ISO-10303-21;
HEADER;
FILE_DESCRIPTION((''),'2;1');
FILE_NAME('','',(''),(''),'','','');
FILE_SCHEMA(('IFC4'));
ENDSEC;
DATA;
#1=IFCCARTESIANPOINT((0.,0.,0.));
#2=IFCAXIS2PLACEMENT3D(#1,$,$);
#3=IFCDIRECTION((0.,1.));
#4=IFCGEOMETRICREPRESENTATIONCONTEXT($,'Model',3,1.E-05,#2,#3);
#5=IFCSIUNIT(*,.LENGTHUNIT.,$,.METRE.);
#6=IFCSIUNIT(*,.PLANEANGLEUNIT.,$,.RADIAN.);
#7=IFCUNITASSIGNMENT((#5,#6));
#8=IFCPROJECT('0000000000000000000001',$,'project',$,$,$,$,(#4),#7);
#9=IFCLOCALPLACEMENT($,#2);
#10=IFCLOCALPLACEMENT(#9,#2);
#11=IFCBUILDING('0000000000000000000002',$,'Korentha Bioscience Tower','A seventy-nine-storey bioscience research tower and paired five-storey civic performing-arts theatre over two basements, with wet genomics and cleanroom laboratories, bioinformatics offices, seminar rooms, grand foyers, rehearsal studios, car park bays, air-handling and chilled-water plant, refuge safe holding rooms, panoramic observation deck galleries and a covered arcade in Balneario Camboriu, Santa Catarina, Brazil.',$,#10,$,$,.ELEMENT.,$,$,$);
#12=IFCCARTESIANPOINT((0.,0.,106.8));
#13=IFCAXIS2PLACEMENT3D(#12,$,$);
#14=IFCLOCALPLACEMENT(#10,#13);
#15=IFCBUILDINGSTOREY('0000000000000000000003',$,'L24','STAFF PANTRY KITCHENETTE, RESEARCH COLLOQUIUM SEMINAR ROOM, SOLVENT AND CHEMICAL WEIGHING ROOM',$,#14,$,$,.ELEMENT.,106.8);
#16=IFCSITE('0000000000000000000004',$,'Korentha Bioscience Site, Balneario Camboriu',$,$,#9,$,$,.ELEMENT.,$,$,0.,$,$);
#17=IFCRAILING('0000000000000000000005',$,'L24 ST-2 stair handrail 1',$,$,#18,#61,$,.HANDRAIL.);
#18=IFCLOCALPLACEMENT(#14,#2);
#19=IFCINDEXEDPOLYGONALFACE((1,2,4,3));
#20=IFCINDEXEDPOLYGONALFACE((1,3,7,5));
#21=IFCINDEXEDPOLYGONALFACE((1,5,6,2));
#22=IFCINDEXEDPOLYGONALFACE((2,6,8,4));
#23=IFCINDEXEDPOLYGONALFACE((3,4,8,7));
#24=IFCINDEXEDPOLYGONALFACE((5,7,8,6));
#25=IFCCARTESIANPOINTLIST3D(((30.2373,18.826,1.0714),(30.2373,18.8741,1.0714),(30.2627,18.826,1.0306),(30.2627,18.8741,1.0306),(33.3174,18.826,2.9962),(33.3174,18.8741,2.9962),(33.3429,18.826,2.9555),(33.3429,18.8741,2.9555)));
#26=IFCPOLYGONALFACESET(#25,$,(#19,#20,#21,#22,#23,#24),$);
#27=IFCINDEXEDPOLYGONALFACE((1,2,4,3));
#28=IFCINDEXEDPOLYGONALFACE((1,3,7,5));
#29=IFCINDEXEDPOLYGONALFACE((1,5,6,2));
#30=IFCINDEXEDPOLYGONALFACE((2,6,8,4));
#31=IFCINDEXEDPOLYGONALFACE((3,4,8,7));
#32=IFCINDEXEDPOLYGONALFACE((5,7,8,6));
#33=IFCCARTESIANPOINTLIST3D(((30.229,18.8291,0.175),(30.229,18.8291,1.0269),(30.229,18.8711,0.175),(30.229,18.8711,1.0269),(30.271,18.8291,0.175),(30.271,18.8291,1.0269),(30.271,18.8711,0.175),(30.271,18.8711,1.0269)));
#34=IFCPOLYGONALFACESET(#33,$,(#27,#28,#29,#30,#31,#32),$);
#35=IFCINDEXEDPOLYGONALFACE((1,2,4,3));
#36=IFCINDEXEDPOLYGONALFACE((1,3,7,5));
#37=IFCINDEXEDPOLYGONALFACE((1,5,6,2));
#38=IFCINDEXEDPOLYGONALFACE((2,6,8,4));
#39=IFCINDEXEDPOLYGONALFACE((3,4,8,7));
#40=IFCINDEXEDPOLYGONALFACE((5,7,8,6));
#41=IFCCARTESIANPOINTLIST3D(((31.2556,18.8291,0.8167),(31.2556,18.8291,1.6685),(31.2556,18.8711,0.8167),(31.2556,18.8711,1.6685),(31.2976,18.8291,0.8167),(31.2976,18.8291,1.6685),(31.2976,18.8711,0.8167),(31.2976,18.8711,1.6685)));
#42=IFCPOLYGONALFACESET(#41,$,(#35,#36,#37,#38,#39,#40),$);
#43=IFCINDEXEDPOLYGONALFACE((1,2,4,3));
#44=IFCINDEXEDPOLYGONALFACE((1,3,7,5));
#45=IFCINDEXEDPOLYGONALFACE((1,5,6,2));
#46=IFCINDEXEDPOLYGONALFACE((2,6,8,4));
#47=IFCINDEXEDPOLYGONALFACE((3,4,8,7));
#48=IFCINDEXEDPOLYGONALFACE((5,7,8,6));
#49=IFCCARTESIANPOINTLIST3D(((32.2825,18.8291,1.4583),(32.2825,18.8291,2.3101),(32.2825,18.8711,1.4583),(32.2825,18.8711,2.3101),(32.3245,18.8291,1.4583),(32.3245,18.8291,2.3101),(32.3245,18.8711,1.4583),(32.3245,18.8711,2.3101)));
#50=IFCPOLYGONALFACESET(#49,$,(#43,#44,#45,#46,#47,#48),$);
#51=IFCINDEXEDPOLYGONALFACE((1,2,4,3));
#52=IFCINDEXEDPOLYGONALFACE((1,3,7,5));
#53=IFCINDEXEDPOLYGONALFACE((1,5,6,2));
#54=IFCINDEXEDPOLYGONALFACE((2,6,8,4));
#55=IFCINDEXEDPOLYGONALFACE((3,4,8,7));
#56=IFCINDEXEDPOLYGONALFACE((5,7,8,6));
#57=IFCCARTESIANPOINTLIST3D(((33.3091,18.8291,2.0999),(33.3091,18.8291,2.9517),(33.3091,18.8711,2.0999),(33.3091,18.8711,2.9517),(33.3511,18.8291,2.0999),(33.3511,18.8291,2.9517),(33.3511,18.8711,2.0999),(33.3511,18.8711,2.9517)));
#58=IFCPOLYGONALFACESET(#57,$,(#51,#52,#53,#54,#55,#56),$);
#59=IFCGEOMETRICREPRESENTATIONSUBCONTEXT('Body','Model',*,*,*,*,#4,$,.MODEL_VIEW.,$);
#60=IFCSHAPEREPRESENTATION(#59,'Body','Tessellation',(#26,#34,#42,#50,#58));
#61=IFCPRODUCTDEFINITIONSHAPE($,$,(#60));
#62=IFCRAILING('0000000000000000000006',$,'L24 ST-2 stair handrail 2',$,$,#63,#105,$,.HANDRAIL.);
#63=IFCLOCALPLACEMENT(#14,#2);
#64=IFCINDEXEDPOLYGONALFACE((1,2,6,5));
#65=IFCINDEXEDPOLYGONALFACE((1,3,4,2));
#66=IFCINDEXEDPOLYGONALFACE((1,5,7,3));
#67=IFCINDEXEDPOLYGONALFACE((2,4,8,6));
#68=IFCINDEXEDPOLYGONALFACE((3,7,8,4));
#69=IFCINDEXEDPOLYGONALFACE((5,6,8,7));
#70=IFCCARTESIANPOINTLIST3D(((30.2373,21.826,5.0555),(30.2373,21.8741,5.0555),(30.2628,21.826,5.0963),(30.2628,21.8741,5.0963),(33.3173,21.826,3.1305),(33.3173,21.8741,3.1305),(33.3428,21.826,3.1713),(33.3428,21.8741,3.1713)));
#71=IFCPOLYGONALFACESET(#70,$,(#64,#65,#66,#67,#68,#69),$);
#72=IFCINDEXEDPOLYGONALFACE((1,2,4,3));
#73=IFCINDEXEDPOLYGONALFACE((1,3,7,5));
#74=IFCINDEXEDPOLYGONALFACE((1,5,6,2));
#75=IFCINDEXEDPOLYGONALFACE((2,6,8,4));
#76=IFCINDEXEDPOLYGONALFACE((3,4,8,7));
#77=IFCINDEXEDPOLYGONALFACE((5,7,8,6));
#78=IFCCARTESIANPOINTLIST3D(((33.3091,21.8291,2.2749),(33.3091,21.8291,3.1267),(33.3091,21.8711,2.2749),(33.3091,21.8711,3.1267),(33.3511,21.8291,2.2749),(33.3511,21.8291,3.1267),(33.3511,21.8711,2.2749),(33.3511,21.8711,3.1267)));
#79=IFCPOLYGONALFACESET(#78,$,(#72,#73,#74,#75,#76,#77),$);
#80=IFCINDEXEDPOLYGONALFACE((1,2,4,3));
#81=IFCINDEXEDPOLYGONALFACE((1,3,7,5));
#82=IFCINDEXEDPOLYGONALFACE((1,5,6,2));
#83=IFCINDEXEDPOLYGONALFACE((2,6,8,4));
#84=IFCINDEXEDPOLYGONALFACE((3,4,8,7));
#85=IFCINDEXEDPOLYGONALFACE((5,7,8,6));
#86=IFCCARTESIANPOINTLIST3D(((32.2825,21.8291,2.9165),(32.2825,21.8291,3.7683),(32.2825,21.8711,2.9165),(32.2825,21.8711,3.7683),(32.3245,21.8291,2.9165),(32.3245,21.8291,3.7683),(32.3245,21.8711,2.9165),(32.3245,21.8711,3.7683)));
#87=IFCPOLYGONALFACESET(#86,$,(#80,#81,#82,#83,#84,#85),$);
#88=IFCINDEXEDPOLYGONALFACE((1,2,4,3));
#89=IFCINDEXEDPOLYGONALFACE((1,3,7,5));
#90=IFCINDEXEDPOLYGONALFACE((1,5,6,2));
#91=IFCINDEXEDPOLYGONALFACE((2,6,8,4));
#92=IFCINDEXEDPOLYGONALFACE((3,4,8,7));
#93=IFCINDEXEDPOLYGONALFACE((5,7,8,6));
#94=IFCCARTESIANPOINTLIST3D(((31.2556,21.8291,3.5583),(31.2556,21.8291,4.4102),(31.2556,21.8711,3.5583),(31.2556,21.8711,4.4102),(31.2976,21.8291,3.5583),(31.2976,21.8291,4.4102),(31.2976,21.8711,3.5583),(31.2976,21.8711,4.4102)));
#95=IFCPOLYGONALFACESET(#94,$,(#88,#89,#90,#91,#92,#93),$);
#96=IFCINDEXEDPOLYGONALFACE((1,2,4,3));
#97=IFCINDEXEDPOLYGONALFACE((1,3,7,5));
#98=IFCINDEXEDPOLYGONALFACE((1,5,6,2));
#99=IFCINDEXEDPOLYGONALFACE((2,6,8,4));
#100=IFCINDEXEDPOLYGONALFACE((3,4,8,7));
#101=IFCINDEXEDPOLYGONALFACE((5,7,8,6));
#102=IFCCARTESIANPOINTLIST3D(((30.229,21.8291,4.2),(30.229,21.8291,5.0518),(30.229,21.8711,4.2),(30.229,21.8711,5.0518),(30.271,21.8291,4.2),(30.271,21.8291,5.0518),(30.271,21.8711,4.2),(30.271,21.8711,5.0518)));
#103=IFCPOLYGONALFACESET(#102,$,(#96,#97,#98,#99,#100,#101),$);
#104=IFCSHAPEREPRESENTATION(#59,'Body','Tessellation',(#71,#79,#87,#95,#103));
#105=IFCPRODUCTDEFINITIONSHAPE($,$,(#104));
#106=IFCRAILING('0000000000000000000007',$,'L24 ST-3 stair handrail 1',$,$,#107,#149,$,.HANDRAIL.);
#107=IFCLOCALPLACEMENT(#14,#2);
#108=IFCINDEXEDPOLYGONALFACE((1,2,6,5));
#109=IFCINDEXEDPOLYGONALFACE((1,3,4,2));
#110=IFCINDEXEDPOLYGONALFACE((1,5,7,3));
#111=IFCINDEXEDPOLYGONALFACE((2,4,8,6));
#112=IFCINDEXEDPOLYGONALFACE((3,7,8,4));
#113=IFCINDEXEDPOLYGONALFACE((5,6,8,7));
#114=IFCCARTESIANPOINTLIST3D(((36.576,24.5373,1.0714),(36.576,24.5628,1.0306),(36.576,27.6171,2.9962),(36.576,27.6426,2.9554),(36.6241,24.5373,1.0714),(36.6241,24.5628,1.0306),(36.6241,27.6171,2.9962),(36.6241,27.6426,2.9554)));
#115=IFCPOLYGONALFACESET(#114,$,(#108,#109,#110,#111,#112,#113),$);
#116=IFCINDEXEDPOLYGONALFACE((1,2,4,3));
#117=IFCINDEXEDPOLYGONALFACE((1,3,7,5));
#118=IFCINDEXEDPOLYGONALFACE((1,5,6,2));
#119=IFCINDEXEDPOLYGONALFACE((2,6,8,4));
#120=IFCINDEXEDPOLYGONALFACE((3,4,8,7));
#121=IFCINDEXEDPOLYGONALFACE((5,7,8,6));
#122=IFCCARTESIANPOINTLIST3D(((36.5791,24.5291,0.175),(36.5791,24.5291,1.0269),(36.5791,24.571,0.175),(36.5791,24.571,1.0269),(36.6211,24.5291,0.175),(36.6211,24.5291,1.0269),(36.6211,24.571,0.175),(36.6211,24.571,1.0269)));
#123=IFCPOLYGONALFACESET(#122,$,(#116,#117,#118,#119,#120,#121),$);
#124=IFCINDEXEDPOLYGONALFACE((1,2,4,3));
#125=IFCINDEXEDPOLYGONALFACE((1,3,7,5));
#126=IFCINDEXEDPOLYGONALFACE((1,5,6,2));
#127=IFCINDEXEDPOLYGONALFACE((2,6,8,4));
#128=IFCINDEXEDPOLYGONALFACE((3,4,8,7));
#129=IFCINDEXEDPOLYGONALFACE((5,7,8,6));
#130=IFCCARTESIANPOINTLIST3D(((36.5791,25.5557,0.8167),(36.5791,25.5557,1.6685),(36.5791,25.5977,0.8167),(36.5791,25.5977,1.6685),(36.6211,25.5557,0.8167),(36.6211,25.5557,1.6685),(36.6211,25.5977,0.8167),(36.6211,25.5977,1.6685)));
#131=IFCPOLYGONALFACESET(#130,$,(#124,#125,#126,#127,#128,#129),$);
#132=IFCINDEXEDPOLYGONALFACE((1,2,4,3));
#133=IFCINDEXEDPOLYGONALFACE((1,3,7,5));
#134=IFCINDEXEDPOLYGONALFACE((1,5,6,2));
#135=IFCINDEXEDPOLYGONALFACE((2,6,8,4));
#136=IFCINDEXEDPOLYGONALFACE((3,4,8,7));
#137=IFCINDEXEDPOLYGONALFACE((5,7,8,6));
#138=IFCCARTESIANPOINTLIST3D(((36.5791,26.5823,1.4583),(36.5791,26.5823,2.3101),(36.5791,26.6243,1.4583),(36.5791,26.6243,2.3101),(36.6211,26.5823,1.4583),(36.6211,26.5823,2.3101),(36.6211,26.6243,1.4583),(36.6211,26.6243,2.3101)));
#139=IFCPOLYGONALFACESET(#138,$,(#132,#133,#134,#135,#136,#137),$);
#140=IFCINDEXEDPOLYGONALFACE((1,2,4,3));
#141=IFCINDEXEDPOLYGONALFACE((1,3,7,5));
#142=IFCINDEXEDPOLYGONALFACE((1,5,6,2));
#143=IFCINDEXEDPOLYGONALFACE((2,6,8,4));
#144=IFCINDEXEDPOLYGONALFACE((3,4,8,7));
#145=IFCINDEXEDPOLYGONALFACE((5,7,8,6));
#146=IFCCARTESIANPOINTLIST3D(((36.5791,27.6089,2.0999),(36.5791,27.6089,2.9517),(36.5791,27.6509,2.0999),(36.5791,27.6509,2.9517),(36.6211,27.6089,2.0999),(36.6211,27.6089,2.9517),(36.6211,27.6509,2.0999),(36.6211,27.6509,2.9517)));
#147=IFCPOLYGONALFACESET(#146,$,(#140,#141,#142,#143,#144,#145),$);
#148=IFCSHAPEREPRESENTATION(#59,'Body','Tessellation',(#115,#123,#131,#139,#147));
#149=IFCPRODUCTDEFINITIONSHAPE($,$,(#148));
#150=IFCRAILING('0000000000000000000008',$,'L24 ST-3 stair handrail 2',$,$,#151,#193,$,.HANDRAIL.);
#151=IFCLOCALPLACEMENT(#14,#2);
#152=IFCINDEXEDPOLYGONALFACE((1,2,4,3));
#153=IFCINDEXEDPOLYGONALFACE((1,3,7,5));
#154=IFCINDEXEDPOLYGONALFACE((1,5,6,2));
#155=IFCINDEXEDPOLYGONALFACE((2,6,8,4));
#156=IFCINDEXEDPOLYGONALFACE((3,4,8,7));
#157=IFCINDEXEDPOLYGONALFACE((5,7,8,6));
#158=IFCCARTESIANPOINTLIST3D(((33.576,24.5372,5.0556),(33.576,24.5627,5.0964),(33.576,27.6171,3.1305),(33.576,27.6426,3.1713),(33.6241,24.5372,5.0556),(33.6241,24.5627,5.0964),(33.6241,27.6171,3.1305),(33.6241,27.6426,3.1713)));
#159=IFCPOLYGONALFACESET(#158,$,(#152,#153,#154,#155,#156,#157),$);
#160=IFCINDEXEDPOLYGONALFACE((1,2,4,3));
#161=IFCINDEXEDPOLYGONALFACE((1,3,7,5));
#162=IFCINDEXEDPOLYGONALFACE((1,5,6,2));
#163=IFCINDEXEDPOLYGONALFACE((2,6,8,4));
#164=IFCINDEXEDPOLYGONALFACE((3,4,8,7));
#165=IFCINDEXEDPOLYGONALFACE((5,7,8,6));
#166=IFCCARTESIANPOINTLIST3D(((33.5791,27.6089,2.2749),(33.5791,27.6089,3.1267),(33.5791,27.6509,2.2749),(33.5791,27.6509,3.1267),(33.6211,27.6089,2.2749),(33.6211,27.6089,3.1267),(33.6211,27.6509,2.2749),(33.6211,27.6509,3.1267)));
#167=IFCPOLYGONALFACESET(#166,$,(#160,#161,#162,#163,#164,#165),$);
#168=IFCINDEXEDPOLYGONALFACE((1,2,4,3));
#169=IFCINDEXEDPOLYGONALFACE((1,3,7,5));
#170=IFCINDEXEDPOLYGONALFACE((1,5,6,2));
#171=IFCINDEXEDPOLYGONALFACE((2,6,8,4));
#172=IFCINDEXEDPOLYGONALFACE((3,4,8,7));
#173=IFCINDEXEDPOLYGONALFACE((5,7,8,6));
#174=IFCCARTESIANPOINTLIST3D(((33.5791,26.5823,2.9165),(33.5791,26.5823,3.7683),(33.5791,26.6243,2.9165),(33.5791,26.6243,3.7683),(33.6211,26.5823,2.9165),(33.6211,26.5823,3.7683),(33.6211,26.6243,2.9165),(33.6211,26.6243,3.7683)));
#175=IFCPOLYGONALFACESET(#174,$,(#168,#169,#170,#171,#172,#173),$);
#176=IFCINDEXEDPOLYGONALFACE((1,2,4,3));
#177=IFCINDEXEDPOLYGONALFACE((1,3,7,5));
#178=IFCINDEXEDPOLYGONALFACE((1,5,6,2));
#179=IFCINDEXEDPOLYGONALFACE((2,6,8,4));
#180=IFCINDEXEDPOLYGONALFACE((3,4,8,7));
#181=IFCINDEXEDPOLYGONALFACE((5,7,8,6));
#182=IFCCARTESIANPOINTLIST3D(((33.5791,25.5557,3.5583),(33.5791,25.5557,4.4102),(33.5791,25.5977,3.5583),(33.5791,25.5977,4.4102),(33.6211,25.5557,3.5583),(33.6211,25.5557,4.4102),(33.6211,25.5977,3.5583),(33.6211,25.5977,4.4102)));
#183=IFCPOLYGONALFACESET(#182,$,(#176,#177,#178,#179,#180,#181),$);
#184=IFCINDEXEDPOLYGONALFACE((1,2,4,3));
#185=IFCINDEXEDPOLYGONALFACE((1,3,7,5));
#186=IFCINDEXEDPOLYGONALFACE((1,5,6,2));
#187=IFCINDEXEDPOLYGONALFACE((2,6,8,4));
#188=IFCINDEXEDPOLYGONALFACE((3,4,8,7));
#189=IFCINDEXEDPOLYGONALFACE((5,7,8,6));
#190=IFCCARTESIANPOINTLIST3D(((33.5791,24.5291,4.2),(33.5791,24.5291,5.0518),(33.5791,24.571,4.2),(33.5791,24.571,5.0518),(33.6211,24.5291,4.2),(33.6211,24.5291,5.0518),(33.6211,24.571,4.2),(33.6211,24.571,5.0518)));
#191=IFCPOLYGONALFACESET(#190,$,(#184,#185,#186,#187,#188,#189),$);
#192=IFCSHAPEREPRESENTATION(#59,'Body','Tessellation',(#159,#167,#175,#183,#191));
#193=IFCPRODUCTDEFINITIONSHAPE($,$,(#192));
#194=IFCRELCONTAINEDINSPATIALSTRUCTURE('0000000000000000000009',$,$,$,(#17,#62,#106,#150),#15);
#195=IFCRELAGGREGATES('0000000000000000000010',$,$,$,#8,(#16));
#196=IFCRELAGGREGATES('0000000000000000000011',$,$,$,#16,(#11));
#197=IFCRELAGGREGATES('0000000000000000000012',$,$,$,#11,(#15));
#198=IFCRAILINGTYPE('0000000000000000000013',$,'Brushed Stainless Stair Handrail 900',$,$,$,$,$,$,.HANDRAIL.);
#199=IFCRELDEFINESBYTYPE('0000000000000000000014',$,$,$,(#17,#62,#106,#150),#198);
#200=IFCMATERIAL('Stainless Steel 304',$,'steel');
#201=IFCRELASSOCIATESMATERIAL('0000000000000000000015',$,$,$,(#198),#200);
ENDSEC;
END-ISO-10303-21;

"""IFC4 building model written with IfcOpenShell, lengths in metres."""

from ifc_helpers import new_model, si_unit, direction, frame, origin, origin_2d, place, context, subcontext, project, spatial, rectangle, extrude, material, type_object, element, save


model = new_model("IFC4")

# Units and contexts
model_context = context("Model", 3, precision=1e-05, world=origin(), true_north=direction((0.0, 1.0)))
body_context = subcontext(model_context, "Body", "Model", "MODEL_VIEW")
ifc_project = project(units=[si_unit("LENGTHUNIT", "METRE"), si_unit("PLANEANGLEUNIT", "RADIAN")], contexts=[model_context])

# Site, building, storey
site_placement = place(None, origin())
site = spatial("IfcSite", under=ifc_project, at=site_placement, Name="Korentha Bioscience Site, Balneario Camboriu", CompositionType="ELEMENT", RefElevation=0.0)
building_placement = place(site_placement, origin())
building = spatial("IfcBuilding", under=site, at=building_placement, Name="Korentha Bioscience Tower", Description="A seventy-nine-storey bioscience research tower and paired five-storey civic performing-arts theatre over two basements, with wet genomics and cleanroom laboratories, bioinformatics offices, seminar rooms, grand foyers, rehearsal studios, car park bays, air-handling and chilled-water plant, refuge safe holding rooms, panoramic observation deck galleries and a covered arcade in Balneario Camboriu, Santa Catarina, Brazil.", CompositionType="ELEMENT")
storey_placement = place(building_placement, frame((0.0, 0.0, 106.8)))
storey = spatial("IfcBuildingStorey", under=building, at=storey_placement, Name="L24", Description="STAFF PANTRY KITCHENETTE, RESEARCH COLLOQUIUM SEMINAR ROOM, SOLVENT AND CHEMICAL WEIGHING ROOM", CompositionType="ELEMENT", Elevation=106.8)

# Railings
ifc_material_1 = material(Name="Stainless Steel 304", Category="steel")
railing_type_1 = type_object("IfcRailingType", Name="Brushed Stainless Stair Handrail 900", PredefinedType="HANDRAIL", material=ifc_material_1)
railing_1_placement = place(storey_placement, frame((30.25, 18.8501, 0.175)))
element("IfcRailing", 1, at=railing_1_placement, inside=storey, type_object=railing_type_1, Name="L24 ST-2 stair handrail 1", PredefinedType="HANDRAIL", context=body_context, shape_type="SweptSolid", body=[
    extrude(rectangle(XDim=0.0481, YDim=0.0481, at=origin_2d()), frame((0.0, 0.0, 0.876), z_axis=(0.848029, 0.0, 0.529951), x_axis=(0.0, 1.0, 0.0)), (0.0, 0.0, 1.0), 3.6321),
    extrude(rectangle(XDim=0.042, YDim=0.042, at=origin_2d()), origin(), (0.0, 0.0, 1.0), 0.8518),
    extrude(rectangle(XDim=0.042, YDim=0.042, at=origin_2d()), frame((1.0266, 0.0, 0.6416)), (0.0, 0.0, 1.0), 0.8518),
    extrude(rectangle(XDim=0.042, YDim=0.042, at=origin_2d()), frame((2.0535, 0.0, 1.2832)), (0.0, 0.0, 1.0), 0.8518),
    extrude(rectangle(XDim=0.042, YDim=0.042, at=origin_2d()), frame((3.0801, 0.0, 1.9248)), (0.0, 0.0, 1.0), 0.8518),
])
railing_2_placement = place(storey_placement, frame((33.3301, 21.8501, 2.2749)))
element("IfcRailing", 2, at=railing_2_placement, inside=storey, type_object=railing_type_1, Name="L24 ST-2 stair handrail 2", PredefinedType="HANDRAIL", context=body_context, shape_type="SweptSolid", body=[
    extrude(rectangle(XDim=0.0481, YDim=0.0481, at=origin_2d()), frame((0.0, 0.0, 0.876), z_axis=(-0.847998, 0.0, 0.529999), x_axis=(0.0, -1.0, 0.0)), (0.0, 0.0, 1.0), 3.6321),
    extrude(rectangle(XDim=0.042, YDim=0.042, at=origin_2d()), origin(), (0.0, 0.0, 1.0), 0.8518),
    extrude(rectangle(XDim=0.042, YDim=0.042, at=origin_2d()), frame((-1.0266, 0.0, 0.6416)), (0.0, 0.0, 1.0), 0.8518),
    extrude(rectangle(XDim=0.042, YDim=0.042, at=origin_2d()), frame((-2.0535, 0.0, 1.2834)), (0.0, 0.0, 1.0), 0.8518),
    extrude(rectangle(XDim=0.042, YDim=0.042, at=origin_2d()), frame((-3.0801, 0.0, 1.925)), (0.0, 0.0, 1.0), 0.8518),
])
railing_3_placement = place(storey_placement, frame((36.6001, 24.55, 0.175)))
element("IfcRailing", 3, at=railing_3_placement, inside=storey, type_object=railing_type_1, Name="L24 ST-3 stair handrail 1", PredefinedType="HANDRAIL", context=body_context, shape_type="SweptSolid", body=[
    extrude(rectangle(XDim=0.0481, YDim=0.0481, at=origin_2d()), frame((0.0, 0.0, 0.876), z_axis=(0.0, 0.84801, 0.529981), x_axis=(-1.0, 0.0, 0.0)), (0.0, 0.0, 1.0), 3.6318),
    extrude(rectangle(XDim=0.042, YDim=0.042, at=origin_2d()), origin(), (0.0, 0.0, 1.0), 0.8518),
    extrude(rectangle(XDim=0.042, YDim=0.042, at=origin_2d()), frame((0.0, 1.0266, 0.6416)), (0.0, 0.0, 1.0), 0.8518),
    extrude(rectangle(XDim=0.042, YDim=0.042, at=origin_2d()), frame((0.0, 2.0532, 1.2832)), (0.0, 0.0, 1.0), 0.8518),
    extrude(rectangle(XDim=0.042, YDim=0.042, at=origin_2d()), frame((0.0, 3.0798, 1.9248)), (0.0, 0.0, 1.0), 0.8518),
])
railing_4_placement = place(storey_placement, frame((33.6001, 27.6299, 2.2749)))
element("IfcRailing", 4, at=railing_4_placement, inside=storey, type_object=railing_type_1, Name="L24 ST-3 stair handrail 2", PredefinedType="HANDRAIL", context=body_context, shape_type="SweptSolid", body=[
    extrude(rectangle(XDim=0.0481, YDim=0.0481, at=origin_2d()), frame((0.0, 0.0, 0.876), z_axis=(0.0, -0.847979, 0.530029), x_axis=(1.0, 0.0, 0.0)), (0.0, 0.0, 1.0), 3.6321),
    extrude(rectangle(XDim=0.042, YDim=0.042, at=origin_2d()), origin(), (0.0, 0.0, 1.0), 0.8518),
    extrude(rectangle(XDim=0.042, YDim=0.042, at=origin_2d()), frame((0.0, -1.0266, 0.6416)), (0.0, 0.0, 1.0), 0.8518),
    extrude(rectangle(XDim=0.042, YDim=0.042, at=origin_2d()), frame((0.0, -2.0532, 1.2834)), (0.0, 0.0, 1.0), 0.8518),
    extrude(rectangle(XDim=0.042, YDim=0.042, at=origin_2d()), frame((0.0, -3.0798, 1.925)), (0.0, 0.0, 1.0), 0.8518),
])

save(model, "model.ifc")
